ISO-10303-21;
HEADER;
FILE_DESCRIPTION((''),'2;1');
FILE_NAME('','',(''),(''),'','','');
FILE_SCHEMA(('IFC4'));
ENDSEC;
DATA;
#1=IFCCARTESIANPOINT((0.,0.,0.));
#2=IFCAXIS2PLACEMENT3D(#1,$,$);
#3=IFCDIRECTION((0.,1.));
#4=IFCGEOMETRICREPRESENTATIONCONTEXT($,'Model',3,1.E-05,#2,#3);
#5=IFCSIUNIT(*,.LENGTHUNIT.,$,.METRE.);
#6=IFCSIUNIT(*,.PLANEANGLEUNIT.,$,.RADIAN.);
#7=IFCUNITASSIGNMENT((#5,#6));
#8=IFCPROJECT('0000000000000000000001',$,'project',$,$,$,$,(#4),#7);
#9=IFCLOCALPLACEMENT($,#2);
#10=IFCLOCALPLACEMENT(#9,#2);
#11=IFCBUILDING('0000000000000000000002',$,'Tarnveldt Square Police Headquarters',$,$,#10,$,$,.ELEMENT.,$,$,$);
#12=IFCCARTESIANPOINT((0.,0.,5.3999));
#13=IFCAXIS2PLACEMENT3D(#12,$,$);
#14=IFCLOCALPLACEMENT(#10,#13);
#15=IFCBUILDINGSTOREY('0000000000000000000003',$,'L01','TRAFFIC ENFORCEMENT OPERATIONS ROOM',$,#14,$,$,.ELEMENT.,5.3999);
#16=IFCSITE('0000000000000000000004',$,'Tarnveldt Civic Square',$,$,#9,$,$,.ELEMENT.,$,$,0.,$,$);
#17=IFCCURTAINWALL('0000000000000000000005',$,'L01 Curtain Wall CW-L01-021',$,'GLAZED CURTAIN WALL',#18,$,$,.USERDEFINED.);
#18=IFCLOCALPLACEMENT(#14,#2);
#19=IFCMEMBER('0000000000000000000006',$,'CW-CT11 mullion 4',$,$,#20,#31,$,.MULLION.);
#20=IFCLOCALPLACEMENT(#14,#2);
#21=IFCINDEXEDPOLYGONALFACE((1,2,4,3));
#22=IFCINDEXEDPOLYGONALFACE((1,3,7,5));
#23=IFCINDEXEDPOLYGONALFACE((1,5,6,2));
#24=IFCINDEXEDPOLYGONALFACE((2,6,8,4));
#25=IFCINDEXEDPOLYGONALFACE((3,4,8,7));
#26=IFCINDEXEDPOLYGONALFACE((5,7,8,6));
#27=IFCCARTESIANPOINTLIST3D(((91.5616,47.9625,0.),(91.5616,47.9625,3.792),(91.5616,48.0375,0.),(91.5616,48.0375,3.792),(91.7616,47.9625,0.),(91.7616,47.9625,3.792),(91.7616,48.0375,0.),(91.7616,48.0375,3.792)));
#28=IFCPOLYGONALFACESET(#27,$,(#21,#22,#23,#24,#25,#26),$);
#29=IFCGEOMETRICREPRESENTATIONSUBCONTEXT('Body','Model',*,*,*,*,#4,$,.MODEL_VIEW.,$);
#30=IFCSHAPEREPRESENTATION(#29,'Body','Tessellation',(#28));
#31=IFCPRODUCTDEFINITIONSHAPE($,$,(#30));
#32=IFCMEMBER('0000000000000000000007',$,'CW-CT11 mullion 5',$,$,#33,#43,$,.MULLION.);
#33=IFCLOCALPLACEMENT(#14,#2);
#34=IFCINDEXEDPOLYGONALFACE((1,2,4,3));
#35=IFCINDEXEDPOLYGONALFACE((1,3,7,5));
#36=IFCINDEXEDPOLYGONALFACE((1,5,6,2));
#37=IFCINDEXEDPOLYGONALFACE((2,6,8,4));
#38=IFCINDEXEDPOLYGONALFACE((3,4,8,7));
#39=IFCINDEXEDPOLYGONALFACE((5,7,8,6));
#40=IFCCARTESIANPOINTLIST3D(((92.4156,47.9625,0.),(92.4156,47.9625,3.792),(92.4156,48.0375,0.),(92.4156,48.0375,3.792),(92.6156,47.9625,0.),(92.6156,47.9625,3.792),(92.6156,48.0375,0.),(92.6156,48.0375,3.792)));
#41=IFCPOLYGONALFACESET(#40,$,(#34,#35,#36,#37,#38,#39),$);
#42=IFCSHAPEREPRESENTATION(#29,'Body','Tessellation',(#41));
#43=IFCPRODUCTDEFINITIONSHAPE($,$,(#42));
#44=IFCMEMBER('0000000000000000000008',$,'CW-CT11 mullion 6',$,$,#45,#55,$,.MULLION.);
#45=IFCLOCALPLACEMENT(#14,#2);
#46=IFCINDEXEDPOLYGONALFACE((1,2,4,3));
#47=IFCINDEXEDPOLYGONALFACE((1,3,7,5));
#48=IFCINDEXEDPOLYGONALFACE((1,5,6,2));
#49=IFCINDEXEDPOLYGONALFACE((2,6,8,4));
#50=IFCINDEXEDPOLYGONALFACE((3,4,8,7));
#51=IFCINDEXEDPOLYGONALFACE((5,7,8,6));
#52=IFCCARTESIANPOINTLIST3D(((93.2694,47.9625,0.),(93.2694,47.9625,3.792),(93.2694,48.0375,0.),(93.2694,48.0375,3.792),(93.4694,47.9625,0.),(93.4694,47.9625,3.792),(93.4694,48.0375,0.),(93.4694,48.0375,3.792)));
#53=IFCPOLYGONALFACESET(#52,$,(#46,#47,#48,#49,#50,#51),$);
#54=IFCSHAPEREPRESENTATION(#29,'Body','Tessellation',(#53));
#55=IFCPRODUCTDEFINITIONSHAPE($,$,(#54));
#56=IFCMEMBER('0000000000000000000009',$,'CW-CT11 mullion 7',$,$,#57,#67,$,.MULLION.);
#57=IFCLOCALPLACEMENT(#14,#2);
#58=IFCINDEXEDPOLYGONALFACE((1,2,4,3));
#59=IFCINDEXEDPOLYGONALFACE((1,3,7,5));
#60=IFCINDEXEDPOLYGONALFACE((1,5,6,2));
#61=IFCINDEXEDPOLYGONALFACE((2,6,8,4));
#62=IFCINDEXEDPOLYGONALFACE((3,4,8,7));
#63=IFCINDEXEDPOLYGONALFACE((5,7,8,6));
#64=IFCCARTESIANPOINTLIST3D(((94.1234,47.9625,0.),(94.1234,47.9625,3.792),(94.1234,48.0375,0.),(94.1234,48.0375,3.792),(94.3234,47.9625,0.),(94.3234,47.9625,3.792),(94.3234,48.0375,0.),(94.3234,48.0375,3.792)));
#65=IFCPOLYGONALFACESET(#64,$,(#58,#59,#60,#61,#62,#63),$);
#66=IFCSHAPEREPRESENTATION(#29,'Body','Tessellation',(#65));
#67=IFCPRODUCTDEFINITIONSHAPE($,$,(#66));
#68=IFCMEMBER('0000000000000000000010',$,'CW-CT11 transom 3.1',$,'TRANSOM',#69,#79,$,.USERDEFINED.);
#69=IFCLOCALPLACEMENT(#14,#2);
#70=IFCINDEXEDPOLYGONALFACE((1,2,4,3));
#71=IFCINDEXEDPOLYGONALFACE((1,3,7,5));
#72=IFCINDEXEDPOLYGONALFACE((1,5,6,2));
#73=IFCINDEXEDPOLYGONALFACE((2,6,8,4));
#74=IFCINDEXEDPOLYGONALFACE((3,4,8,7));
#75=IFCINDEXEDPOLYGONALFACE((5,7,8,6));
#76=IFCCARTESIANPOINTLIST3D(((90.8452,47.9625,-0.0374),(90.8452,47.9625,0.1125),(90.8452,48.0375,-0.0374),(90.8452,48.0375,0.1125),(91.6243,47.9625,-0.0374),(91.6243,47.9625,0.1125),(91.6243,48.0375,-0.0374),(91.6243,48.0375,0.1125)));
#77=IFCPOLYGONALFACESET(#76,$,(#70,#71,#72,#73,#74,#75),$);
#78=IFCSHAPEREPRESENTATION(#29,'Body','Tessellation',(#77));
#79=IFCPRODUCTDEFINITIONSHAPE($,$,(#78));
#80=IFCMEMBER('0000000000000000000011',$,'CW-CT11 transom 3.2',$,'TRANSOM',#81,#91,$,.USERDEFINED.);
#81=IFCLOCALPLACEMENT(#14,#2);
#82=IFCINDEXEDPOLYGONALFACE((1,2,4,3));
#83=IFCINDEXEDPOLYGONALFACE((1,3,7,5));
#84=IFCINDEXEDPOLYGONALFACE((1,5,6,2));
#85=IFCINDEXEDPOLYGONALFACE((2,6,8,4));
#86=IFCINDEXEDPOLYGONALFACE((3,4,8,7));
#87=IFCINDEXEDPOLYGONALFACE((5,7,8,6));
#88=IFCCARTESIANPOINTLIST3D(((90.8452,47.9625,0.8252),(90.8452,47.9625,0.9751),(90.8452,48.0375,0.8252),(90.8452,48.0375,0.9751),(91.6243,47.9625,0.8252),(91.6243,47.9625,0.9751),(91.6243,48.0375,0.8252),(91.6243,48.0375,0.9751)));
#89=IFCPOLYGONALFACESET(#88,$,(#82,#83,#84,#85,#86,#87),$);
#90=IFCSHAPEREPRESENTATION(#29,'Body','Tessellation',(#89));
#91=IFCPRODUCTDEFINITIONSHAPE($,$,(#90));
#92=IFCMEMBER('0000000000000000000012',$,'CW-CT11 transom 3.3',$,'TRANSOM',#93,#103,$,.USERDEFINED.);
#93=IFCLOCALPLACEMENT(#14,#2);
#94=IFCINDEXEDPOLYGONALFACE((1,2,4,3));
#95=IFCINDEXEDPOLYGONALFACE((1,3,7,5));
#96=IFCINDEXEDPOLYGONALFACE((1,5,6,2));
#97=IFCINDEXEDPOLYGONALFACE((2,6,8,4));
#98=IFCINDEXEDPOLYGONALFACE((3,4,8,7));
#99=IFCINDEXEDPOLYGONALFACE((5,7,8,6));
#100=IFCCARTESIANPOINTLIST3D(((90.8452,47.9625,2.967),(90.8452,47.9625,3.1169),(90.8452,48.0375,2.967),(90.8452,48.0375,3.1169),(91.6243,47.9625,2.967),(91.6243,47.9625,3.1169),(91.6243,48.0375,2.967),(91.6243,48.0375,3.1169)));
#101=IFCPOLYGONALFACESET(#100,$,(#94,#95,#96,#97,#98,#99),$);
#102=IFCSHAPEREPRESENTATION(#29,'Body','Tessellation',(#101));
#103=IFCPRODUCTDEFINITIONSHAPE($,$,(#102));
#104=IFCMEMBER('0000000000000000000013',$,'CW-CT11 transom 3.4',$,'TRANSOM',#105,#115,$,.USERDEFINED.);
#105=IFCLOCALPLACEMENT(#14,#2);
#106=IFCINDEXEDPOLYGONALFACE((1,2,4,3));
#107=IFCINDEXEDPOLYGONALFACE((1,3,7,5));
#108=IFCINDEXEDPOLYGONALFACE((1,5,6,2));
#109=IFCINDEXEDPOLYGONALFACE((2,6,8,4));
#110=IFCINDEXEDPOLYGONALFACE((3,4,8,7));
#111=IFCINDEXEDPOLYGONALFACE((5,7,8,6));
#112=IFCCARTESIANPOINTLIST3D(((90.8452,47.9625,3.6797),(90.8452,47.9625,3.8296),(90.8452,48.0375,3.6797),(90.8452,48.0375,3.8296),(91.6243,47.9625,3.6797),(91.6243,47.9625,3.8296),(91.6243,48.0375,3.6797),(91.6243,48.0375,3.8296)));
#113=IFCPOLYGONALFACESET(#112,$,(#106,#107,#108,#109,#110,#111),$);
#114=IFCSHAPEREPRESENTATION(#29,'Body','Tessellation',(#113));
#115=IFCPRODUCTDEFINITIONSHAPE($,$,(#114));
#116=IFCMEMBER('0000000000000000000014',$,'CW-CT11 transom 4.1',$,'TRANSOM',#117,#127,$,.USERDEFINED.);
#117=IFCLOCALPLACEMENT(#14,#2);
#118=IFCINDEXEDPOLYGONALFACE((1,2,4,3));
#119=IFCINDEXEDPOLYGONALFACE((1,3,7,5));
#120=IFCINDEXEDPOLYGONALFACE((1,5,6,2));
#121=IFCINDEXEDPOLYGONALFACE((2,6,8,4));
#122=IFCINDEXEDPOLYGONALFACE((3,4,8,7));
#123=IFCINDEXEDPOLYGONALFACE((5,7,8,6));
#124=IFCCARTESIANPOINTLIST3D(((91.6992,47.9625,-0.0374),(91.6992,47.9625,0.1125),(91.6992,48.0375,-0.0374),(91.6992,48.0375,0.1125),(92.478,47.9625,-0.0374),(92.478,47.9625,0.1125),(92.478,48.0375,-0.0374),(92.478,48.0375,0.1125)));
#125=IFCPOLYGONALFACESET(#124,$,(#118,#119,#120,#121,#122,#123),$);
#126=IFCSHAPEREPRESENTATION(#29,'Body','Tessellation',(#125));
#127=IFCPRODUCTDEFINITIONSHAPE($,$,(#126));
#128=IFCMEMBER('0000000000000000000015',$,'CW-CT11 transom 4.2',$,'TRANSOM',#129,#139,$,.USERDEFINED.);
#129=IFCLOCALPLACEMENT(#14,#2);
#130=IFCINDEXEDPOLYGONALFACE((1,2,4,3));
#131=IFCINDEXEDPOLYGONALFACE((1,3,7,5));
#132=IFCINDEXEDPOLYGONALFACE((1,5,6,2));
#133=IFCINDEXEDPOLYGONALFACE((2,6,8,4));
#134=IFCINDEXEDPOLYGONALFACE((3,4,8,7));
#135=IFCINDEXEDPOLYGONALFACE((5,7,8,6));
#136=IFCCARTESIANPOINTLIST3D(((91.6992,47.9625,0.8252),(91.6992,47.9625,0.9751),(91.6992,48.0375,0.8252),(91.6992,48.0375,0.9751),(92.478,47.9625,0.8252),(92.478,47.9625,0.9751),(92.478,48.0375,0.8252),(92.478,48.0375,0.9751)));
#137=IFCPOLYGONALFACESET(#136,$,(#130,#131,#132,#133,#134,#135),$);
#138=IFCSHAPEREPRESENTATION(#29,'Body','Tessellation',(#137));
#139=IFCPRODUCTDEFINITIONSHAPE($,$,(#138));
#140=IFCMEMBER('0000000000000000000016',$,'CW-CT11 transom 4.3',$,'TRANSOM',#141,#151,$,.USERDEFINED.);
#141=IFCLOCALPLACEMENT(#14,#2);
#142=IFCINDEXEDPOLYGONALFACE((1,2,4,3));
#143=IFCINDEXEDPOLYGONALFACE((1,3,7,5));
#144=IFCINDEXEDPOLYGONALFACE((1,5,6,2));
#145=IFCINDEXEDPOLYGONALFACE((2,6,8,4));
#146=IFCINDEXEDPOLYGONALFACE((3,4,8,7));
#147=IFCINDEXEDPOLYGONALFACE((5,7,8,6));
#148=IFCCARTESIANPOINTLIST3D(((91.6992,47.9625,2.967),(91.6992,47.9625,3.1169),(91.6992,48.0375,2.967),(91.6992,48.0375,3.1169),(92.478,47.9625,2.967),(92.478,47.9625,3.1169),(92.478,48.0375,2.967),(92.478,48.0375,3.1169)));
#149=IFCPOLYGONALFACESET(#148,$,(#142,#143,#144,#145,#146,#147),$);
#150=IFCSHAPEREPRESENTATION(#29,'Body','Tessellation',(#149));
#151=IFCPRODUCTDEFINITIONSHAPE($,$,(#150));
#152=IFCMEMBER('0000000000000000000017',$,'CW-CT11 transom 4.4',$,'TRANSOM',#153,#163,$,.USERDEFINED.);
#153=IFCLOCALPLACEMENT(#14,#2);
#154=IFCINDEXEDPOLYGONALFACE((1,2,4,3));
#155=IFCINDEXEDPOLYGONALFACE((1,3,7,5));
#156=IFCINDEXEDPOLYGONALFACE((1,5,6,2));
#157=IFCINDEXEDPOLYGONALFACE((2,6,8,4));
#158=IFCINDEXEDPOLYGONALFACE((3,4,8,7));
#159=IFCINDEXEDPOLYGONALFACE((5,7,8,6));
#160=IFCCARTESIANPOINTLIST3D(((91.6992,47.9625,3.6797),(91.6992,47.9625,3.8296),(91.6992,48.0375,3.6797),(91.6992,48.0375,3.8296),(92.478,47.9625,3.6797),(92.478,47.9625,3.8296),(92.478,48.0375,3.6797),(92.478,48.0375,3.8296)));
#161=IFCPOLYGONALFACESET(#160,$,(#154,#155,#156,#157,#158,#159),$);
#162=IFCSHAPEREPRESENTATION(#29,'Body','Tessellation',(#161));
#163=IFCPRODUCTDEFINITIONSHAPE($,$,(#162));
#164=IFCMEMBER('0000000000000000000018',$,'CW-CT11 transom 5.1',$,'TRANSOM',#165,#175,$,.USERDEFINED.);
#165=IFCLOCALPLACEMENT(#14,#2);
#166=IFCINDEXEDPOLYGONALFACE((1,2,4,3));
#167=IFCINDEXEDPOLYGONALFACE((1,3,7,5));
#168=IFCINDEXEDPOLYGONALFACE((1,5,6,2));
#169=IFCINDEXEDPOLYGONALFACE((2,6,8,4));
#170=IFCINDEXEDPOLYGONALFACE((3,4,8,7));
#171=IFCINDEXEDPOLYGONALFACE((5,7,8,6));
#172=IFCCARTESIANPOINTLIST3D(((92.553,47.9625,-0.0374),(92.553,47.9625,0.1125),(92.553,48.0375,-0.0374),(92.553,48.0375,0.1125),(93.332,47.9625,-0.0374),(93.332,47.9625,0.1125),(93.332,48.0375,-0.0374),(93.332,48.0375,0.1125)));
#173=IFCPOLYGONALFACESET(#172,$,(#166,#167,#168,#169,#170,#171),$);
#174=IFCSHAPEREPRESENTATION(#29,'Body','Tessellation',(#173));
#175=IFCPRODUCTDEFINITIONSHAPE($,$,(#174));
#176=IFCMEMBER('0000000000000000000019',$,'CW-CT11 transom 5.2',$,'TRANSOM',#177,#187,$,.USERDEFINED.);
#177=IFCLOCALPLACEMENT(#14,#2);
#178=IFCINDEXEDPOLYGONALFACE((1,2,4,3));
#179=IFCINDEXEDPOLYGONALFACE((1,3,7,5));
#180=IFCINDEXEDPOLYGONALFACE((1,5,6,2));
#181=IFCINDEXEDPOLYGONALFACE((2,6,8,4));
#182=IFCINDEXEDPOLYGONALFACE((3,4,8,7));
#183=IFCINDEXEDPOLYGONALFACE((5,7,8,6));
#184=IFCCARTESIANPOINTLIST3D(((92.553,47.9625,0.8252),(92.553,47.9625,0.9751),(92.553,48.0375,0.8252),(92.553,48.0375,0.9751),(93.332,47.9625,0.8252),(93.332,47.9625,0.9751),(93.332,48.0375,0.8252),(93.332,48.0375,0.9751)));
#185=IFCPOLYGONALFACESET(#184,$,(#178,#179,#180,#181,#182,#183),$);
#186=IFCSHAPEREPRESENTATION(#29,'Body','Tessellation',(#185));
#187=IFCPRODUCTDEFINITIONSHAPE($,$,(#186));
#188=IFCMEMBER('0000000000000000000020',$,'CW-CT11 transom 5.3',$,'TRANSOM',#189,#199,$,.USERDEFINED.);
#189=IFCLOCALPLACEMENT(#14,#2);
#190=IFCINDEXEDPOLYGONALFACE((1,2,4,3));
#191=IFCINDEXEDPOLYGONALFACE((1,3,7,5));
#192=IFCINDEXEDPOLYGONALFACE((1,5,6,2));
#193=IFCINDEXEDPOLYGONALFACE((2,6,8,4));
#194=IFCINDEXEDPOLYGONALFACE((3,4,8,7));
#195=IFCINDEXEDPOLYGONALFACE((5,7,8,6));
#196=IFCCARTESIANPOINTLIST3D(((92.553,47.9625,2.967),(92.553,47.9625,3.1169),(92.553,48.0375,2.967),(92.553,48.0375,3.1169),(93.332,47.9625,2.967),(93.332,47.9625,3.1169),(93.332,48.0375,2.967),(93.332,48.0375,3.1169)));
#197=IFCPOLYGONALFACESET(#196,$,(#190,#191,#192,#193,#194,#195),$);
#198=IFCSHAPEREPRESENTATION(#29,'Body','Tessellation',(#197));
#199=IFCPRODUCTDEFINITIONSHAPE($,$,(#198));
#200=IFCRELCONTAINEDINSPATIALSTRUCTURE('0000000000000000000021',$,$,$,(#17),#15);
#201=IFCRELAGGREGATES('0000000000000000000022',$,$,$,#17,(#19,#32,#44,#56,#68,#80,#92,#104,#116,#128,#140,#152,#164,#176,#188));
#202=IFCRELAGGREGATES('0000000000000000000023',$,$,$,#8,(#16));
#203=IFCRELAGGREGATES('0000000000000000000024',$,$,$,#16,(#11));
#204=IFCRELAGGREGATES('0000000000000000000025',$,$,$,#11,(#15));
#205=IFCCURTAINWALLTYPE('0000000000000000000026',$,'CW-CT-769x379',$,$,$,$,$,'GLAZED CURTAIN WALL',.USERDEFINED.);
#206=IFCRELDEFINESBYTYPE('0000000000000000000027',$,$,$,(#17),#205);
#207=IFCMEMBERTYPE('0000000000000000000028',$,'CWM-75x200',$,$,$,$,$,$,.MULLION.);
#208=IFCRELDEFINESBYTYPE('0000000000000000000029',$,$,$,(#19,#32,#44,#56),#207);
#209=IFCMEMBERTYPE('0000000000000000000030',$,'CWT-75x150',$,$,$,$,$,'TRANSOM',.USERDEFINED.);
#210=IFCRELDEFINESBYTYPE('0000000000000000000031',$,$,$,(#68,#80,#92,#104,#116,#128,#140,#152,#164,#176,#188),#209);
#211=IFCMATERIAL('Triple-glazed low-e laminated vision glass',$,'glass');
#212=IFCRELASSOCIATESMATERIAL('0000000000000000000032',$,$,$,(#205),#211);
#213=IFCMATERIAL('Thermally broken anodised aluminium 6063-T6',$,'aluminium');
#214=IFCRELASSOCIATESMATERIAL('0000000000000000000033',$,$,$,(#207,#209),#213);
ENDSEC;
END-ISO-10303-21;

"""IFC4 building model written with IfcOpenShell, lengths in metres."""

from ifc_helpers import new_model, si_unit, direction, frame, origin, origin_2d, place, context, subcontext, project, spatial, rectangle, extrude, material, material_profile, profile_set, type_object, element, aggregate, save


model = new_model("IFC4")

# Units and contexts
model_context = context("Model", 3, precision=1e-05, world=origin(), true_north=direction((0.0, 1.0)))
body_context = subcontext(model_context, "Body", "Model", "MODEL_VIEW")
ifc_project = project(units=[si_unit("LENGTHUNIT", "METRE"), si_unit("PLANEANGLEUNIT", "RADIAN")], contexts=[model_context])

# Site, building, storey
site_placement = place(None, origin())
site = spatial("IfcSite", under=ifc_project, at=site_placement, Name="Tarnveldt Civic Square", CompositionType="ELEMENT", RefElevation=0.0)
building_placement = place(site_placement, origin())
building = spatial("IfcBuilding", under=site, at=building_placement, Name="Tarnveldt Square Police Headquarters", CompositionType="ELEMENT")
storey_placement = place(building_placement, frame((0.0, 0.0, 5.3999)))
storey = spatial("IfcBuildingStorey", under=building, at=storey_placement, Name="L01", Description="TRAFFIC ENFORCEMENT OPERATIONS ROOM", CompositionType="ELEMENT", Elevation=5.3999)

# Curtain wall, members
ifc_material_1 = material(Name="Triple-glazed low-e laminated vision glass", Category="glass")
curtain_wall_type = type_object("IfcCurtainWallType", Name="CW-CT-769x379", ElementType="GLAZED CURTAIN WALL", PredefinedType="USERDEFINED", material=ifc_material_1)
curtain_wall_placement = place(storey_placement, origin())
curtain_wall = element("IfcCurtainWall", 1, at=curtain_wall_placement, inside=storey, type_object=curtain_wall_type, Name="L01 Curtain Wall CW-L01-021", ObjectType="GLAZED CURTAIN WALL", PredefinedType="USERDEFINED")
ifc_material_2 = material(Name="Thermally broken anodised aluminium 6063-T6", Category="aluminium")
ifc_material_profile_1 = material_profile(ifc_material_2, rectangle(XDim=0.075, YDim=0.2, at=origin_2d()), Name="CW-M75x200")
ifc_profile_set_1 = profile_set([ifc_material_profile_1], Name="Thermally broken anodised aluminium 6063-T6")
member_type_1 = type_object("IfcMemberType", Name="CWM-75x200", PredefinedType="MULLION", material=ifc_profile_set_1)
member_1_placement = place(storey_placement, frame((91.6616, 48.0, 0.0), z_axis=(0.0, 0.0, 1.0), x_axis=(0.0, 1.0, 0.0)))
member_1 = element("IfcMember", 2, at=member_1_placement, type_object=member_type_1, Name="CW-CT11 mullion 4", PredefinedType="MULLION", context=body_context, shape_type="SweptSolid", body=[
    extrude(rectangle(XDim=0.075, YDim=0.2, at=origin_2d()), origin(), (0.0, 0.0, 1.0), 3.792),
])
member_2_placement = place(storey_placement, frame((92.5156, 48.0, 0.0), z_axis=(0.0, 0.0, 1.0), x_axis=(0.0, 1.0, 0.0)))
member_2 = element("IfcMember", 3, at=member_2_placement, type_object=member_type_1, Name="CW-CT11 mullion 5", PredefinedType="MULLION", context=body_context, shape_type="SweptSolid", body=[
    extrude(rectangle(XDim=0.075, YDim=0.2, at=origin_2d()), origin(), (0.0, 0.0, 1.0), 3.792),
])
member_3_placement = place(storey_placement, frame((93.3694, 48.0, 0.0), z_axis=(0.0, 0.0, 1.0), x_axis=(0.0, 1.0, 0.0)))
member_3 = element("IfcMember", 4, at=member_3_placement, type_object=member_type_1, Name="CW-CT11 mullion 6", PredefinedType="MULLION", context=body_context, shape_type="SweptSolid", body=[
    extrude(rectangle(XDim=0.075, YDim=0.2, at=origin_2d()), origin(), (0.0, 0.0, 1.0), 3.792),
])
member_4_placement = place(storey_placement, frame((94.2234, 48.0, 0.0), z_axis=(0.0, 0.0, 1.0), x_axis=(0.0, 1.0, 0.0)))
member_4 = element("IfcMember", 5, at=member_4_placement, type_object=member_type_1, Name="CW-CT11 mullion 7", PredefinedType="MULLION", context=body_context, shape_type="SweptSolid", body=[
    extrude(rectangle(XDim=0.075, YDim=0.2, at=origin_2d()), origin(), (0.0, 0.0, 1.0), 3.792),
])
ifc_material_profile_2 = material_profile(ifc_material_2, rectangle(XDim=0.075, YDim=0.1499, at=origin_2d()), Name="CW-T75x150")
ifc_profile_set_2 = profile_set([ifc_material_profile_2], Name="Thermally broken anodised aluminium 6063-T6")
member_type_2 = type_object("IfcMemberType", Name="CWT-75x150", ElementType="TRANSOM", PredefinedType="USERDEFINED", material=ifc_profile_set_2)
member_5_placement = place(storey_placement, frame((90.8452, 48.0, 0.0376), z_axis=(1.0, 0.0, 0.0), x_axis=(0.0, 1.0, 0.0)))
member_5 = element("IfcMember", 6, at=member_5_placement, type_object=member_type_2, Name="CW-CT11 transom 3.1", ObjectType="TRANSOM", PredefinedType="USERDEFINED", context=body_context, shape_type="SweptSolid", body=[
    extrude(rectangle(XDim=0.075, YDim=0.1499, at=origin_2d()), origin(), (0.0, 0.0, 1.0), 0.7791),
])
member_6_placement = place(storey_placement, frame((90.8452, 48.0, 0.9001), z_axis=(1.0, 0.0, 0.0), x_axis=(0.0, 1.0, 0.0)))
member_6 = element("IfcMember", 7, at=member_6_placement, type_object=member_type_2, Name="CW-CT11 transom 3.2", ObjectType="TRANSOM", PredefinedType="USERDEFINED", context=body_context, shape_type="SweptSolid", body=[
    extrude(rectangle(XDim=0.075, YDim=0.1499, at=origin_2d()), origin(), (0.0, 0.0, 1.0), 0.7791),
])
member_7_placement = place(storey_placement, frame((90.8452, 48.0, 3.042), z_axis=(1.0, 0.0, 0.0), x_axis=(0.0, 1.0, 0.0)))
member_7 = element("IfcMember", 8, at=member_7_placement, type_object=member_type_2, Name="CW-CT11 transom 3.3", ObjectType="TRANSOM", PredefinedType="USERDEFINED", context=body_context, shape_type="SweptSolid", body=[
    extrude(rectangle(XDim=0.075, YDim=0.1499, at=origin_2d()), origin(), (0.0, 0.0, 1.0), 0.7791),
])
member_8_placement = place(storey_placement, frame((90.8452, 48.0, 3.7546), z_axis=(1.0, 0.0, 0.0), x_axis=(0.0, 1.0, 0.0)))
member_8 = element("IfcMember", 9, at=member_8_placement, type_object=member_type_2, Name="CW-CT11 transom 3.4", ObjectType="TRANSOM", PredefinedType="USERDEFINED", context=body_context, shape_type="SweptSolid", body=[
    extrude(rectangle(XDim=0.075, YDim=0.1499, at=origin_2d()), origin(), (0.0, 0.0, 1.0), 0.7791),
])
member_9_placement = place(storey_placement, frame((91.6992, 48.0, 0.0376), z_axis=(1.0, 0.0, 0.0), x_axis=(0.0, 1.0, 0.0)))
member_9 = element("IfcMember", 10, at=member_9_placement, type_object=member_type_2, Name="CW-CT11 transom 4.1", ObjectType="TRANSOM", PredefinedType="USERDEFINED", context=body_context, shape_type="SweptSolid", body=[
    extrude(rectangle(XDim=0.075, YDim=0.1499, at=origin_2d()), origin(), (0.0, 0.0, 1.0), 0.7788),
])
member_10_placement = place(storey_placement, frame((91.6992, 48.0, 0.9001), z_axis=(1.0, 0.0, 0.0), x_axis=(0.0, 1.0, 0.0)))
member_10 = element("IfcMember", 11, at=member_10_placement, type_object=member_type_2, Name="CW-CT11 transom 4.2", ObjectType="TRANSOM", PredefinedType="USERDEFINED", context=body_context, shape_type="SweptSolid", body=[
    extrude(rectangle(XDim=0.075, YDim=0.1499, at=origin_2d()), origin(), (0.0, 0.0, 1.0), 0.7788),
])
member_11_placement = place(storey_placement, frame((91.6992, 48.0, 3.042), z_axis=(1.0, 0.0, 0.0), x_axis=(0.0, 1.0, 0.0)))
member_11 = element("IfcMember", 12, at=member_11_placement, type_object=member_type_2, Name="CW-CT11 transom 4.3", ObjectType="TRANSOM", PredefinedType="USERDEFINED", context=body_context, shape_type="SweptSolid", body=[
    extrude(rectangle(XDim=0.075, YDim=0.1499, at=origin_2d()), origin(), (0.0, 0.0, 1.0), 0.7788),
])
member_12_placement = place(storey_placement, frame((91.6992, 48.0, 3.7546), z_axis=(1.0, 0.0, 0.0), x_axis=(0.0, 1.0, 0.0)))
member_12 = element("IfcMember", 13, at=member_12_placement, type_object=member_type_2, Name="CW-CT11 transom 4.4", ObjectType="TRANSOM", PredefinedType="USERDEFINED", context=body_context, shape_type="SweptSolid", body=[
    extrude(rectangle(XDim=0.075, YDim=0.1499, at=origin_2d()), origin(), (0.0, 0.0, 1.0), 0.7788),
])
member_13_placement = place(storey_placement, frame((92.553, 48.0, 0.0376), z_axis=(1.0, 0.0, 0.0), x_axis=(0.0, 1.0, 0.0)))
member_13 = element("IfcMember", 14, at=member_13_placement, type_object=member_type_2, Name="CW-CT11 transom 5.1", ObjectType="TRANSOM", PredefinedType="USERDEFINED", context=body_context, shape_type="SweptSolid", body=[
    extrude(rectangle(XDim=0.075, YDim=0.1499, at=origin_2d()), origin(), (0.0, 0.0, 1.0), 0.7791),
])
member_14_placement = place(storey_placement, frame((92.553, 48.0, 0.9001), z_axis=(1.0, 0.0, 0.0), x_axis=(0.0, 1.0, 0.0)))
member_14 = element("IfcMember", 15, at=member_14_placement, type_object=member_type_2, Name="CW-CT11 transom 5.2", ObjectType="TRANSOM", PredefinedType="USERDEFINED", context=body_context, shape_type="SweptSolid", body=[
    extrude(rectangle(XDim=0.075, YDim=0.1499, at=origin_2d()), origin(), (0.0, 0.0, 1.0), 0.7791),
])
member_15_placement = place(storey_placement, frame((92.553, 48.0, 3.042), z_axis=(1.0, 0.0, 0.0), x_axis=(0.0, 1.0, 0.0)))
member_15 = element("IfcMember", 16, at=member_15_placement, type_object=member_type_2, Name="CW-CT11 transom 5.3", ObjectType="TRANSOM", PredefinedType="USERDEFINED", context=body_context, shape_type="SweptSolid", body=[
    extrude(rectangle(XDim=0.075, YDim=0.1499, at=origin_2d()), origin(), (0.0, 0.0, 1.0), 0.7791),
])
aggregate(curtain_wall, [member_1, member_2, member_3, member_4, member_5, member_6, member_7, member_8, member_9, member_10, member_11, member_12, member_13, member_14, member_15])

save(model, "model.ifc")
